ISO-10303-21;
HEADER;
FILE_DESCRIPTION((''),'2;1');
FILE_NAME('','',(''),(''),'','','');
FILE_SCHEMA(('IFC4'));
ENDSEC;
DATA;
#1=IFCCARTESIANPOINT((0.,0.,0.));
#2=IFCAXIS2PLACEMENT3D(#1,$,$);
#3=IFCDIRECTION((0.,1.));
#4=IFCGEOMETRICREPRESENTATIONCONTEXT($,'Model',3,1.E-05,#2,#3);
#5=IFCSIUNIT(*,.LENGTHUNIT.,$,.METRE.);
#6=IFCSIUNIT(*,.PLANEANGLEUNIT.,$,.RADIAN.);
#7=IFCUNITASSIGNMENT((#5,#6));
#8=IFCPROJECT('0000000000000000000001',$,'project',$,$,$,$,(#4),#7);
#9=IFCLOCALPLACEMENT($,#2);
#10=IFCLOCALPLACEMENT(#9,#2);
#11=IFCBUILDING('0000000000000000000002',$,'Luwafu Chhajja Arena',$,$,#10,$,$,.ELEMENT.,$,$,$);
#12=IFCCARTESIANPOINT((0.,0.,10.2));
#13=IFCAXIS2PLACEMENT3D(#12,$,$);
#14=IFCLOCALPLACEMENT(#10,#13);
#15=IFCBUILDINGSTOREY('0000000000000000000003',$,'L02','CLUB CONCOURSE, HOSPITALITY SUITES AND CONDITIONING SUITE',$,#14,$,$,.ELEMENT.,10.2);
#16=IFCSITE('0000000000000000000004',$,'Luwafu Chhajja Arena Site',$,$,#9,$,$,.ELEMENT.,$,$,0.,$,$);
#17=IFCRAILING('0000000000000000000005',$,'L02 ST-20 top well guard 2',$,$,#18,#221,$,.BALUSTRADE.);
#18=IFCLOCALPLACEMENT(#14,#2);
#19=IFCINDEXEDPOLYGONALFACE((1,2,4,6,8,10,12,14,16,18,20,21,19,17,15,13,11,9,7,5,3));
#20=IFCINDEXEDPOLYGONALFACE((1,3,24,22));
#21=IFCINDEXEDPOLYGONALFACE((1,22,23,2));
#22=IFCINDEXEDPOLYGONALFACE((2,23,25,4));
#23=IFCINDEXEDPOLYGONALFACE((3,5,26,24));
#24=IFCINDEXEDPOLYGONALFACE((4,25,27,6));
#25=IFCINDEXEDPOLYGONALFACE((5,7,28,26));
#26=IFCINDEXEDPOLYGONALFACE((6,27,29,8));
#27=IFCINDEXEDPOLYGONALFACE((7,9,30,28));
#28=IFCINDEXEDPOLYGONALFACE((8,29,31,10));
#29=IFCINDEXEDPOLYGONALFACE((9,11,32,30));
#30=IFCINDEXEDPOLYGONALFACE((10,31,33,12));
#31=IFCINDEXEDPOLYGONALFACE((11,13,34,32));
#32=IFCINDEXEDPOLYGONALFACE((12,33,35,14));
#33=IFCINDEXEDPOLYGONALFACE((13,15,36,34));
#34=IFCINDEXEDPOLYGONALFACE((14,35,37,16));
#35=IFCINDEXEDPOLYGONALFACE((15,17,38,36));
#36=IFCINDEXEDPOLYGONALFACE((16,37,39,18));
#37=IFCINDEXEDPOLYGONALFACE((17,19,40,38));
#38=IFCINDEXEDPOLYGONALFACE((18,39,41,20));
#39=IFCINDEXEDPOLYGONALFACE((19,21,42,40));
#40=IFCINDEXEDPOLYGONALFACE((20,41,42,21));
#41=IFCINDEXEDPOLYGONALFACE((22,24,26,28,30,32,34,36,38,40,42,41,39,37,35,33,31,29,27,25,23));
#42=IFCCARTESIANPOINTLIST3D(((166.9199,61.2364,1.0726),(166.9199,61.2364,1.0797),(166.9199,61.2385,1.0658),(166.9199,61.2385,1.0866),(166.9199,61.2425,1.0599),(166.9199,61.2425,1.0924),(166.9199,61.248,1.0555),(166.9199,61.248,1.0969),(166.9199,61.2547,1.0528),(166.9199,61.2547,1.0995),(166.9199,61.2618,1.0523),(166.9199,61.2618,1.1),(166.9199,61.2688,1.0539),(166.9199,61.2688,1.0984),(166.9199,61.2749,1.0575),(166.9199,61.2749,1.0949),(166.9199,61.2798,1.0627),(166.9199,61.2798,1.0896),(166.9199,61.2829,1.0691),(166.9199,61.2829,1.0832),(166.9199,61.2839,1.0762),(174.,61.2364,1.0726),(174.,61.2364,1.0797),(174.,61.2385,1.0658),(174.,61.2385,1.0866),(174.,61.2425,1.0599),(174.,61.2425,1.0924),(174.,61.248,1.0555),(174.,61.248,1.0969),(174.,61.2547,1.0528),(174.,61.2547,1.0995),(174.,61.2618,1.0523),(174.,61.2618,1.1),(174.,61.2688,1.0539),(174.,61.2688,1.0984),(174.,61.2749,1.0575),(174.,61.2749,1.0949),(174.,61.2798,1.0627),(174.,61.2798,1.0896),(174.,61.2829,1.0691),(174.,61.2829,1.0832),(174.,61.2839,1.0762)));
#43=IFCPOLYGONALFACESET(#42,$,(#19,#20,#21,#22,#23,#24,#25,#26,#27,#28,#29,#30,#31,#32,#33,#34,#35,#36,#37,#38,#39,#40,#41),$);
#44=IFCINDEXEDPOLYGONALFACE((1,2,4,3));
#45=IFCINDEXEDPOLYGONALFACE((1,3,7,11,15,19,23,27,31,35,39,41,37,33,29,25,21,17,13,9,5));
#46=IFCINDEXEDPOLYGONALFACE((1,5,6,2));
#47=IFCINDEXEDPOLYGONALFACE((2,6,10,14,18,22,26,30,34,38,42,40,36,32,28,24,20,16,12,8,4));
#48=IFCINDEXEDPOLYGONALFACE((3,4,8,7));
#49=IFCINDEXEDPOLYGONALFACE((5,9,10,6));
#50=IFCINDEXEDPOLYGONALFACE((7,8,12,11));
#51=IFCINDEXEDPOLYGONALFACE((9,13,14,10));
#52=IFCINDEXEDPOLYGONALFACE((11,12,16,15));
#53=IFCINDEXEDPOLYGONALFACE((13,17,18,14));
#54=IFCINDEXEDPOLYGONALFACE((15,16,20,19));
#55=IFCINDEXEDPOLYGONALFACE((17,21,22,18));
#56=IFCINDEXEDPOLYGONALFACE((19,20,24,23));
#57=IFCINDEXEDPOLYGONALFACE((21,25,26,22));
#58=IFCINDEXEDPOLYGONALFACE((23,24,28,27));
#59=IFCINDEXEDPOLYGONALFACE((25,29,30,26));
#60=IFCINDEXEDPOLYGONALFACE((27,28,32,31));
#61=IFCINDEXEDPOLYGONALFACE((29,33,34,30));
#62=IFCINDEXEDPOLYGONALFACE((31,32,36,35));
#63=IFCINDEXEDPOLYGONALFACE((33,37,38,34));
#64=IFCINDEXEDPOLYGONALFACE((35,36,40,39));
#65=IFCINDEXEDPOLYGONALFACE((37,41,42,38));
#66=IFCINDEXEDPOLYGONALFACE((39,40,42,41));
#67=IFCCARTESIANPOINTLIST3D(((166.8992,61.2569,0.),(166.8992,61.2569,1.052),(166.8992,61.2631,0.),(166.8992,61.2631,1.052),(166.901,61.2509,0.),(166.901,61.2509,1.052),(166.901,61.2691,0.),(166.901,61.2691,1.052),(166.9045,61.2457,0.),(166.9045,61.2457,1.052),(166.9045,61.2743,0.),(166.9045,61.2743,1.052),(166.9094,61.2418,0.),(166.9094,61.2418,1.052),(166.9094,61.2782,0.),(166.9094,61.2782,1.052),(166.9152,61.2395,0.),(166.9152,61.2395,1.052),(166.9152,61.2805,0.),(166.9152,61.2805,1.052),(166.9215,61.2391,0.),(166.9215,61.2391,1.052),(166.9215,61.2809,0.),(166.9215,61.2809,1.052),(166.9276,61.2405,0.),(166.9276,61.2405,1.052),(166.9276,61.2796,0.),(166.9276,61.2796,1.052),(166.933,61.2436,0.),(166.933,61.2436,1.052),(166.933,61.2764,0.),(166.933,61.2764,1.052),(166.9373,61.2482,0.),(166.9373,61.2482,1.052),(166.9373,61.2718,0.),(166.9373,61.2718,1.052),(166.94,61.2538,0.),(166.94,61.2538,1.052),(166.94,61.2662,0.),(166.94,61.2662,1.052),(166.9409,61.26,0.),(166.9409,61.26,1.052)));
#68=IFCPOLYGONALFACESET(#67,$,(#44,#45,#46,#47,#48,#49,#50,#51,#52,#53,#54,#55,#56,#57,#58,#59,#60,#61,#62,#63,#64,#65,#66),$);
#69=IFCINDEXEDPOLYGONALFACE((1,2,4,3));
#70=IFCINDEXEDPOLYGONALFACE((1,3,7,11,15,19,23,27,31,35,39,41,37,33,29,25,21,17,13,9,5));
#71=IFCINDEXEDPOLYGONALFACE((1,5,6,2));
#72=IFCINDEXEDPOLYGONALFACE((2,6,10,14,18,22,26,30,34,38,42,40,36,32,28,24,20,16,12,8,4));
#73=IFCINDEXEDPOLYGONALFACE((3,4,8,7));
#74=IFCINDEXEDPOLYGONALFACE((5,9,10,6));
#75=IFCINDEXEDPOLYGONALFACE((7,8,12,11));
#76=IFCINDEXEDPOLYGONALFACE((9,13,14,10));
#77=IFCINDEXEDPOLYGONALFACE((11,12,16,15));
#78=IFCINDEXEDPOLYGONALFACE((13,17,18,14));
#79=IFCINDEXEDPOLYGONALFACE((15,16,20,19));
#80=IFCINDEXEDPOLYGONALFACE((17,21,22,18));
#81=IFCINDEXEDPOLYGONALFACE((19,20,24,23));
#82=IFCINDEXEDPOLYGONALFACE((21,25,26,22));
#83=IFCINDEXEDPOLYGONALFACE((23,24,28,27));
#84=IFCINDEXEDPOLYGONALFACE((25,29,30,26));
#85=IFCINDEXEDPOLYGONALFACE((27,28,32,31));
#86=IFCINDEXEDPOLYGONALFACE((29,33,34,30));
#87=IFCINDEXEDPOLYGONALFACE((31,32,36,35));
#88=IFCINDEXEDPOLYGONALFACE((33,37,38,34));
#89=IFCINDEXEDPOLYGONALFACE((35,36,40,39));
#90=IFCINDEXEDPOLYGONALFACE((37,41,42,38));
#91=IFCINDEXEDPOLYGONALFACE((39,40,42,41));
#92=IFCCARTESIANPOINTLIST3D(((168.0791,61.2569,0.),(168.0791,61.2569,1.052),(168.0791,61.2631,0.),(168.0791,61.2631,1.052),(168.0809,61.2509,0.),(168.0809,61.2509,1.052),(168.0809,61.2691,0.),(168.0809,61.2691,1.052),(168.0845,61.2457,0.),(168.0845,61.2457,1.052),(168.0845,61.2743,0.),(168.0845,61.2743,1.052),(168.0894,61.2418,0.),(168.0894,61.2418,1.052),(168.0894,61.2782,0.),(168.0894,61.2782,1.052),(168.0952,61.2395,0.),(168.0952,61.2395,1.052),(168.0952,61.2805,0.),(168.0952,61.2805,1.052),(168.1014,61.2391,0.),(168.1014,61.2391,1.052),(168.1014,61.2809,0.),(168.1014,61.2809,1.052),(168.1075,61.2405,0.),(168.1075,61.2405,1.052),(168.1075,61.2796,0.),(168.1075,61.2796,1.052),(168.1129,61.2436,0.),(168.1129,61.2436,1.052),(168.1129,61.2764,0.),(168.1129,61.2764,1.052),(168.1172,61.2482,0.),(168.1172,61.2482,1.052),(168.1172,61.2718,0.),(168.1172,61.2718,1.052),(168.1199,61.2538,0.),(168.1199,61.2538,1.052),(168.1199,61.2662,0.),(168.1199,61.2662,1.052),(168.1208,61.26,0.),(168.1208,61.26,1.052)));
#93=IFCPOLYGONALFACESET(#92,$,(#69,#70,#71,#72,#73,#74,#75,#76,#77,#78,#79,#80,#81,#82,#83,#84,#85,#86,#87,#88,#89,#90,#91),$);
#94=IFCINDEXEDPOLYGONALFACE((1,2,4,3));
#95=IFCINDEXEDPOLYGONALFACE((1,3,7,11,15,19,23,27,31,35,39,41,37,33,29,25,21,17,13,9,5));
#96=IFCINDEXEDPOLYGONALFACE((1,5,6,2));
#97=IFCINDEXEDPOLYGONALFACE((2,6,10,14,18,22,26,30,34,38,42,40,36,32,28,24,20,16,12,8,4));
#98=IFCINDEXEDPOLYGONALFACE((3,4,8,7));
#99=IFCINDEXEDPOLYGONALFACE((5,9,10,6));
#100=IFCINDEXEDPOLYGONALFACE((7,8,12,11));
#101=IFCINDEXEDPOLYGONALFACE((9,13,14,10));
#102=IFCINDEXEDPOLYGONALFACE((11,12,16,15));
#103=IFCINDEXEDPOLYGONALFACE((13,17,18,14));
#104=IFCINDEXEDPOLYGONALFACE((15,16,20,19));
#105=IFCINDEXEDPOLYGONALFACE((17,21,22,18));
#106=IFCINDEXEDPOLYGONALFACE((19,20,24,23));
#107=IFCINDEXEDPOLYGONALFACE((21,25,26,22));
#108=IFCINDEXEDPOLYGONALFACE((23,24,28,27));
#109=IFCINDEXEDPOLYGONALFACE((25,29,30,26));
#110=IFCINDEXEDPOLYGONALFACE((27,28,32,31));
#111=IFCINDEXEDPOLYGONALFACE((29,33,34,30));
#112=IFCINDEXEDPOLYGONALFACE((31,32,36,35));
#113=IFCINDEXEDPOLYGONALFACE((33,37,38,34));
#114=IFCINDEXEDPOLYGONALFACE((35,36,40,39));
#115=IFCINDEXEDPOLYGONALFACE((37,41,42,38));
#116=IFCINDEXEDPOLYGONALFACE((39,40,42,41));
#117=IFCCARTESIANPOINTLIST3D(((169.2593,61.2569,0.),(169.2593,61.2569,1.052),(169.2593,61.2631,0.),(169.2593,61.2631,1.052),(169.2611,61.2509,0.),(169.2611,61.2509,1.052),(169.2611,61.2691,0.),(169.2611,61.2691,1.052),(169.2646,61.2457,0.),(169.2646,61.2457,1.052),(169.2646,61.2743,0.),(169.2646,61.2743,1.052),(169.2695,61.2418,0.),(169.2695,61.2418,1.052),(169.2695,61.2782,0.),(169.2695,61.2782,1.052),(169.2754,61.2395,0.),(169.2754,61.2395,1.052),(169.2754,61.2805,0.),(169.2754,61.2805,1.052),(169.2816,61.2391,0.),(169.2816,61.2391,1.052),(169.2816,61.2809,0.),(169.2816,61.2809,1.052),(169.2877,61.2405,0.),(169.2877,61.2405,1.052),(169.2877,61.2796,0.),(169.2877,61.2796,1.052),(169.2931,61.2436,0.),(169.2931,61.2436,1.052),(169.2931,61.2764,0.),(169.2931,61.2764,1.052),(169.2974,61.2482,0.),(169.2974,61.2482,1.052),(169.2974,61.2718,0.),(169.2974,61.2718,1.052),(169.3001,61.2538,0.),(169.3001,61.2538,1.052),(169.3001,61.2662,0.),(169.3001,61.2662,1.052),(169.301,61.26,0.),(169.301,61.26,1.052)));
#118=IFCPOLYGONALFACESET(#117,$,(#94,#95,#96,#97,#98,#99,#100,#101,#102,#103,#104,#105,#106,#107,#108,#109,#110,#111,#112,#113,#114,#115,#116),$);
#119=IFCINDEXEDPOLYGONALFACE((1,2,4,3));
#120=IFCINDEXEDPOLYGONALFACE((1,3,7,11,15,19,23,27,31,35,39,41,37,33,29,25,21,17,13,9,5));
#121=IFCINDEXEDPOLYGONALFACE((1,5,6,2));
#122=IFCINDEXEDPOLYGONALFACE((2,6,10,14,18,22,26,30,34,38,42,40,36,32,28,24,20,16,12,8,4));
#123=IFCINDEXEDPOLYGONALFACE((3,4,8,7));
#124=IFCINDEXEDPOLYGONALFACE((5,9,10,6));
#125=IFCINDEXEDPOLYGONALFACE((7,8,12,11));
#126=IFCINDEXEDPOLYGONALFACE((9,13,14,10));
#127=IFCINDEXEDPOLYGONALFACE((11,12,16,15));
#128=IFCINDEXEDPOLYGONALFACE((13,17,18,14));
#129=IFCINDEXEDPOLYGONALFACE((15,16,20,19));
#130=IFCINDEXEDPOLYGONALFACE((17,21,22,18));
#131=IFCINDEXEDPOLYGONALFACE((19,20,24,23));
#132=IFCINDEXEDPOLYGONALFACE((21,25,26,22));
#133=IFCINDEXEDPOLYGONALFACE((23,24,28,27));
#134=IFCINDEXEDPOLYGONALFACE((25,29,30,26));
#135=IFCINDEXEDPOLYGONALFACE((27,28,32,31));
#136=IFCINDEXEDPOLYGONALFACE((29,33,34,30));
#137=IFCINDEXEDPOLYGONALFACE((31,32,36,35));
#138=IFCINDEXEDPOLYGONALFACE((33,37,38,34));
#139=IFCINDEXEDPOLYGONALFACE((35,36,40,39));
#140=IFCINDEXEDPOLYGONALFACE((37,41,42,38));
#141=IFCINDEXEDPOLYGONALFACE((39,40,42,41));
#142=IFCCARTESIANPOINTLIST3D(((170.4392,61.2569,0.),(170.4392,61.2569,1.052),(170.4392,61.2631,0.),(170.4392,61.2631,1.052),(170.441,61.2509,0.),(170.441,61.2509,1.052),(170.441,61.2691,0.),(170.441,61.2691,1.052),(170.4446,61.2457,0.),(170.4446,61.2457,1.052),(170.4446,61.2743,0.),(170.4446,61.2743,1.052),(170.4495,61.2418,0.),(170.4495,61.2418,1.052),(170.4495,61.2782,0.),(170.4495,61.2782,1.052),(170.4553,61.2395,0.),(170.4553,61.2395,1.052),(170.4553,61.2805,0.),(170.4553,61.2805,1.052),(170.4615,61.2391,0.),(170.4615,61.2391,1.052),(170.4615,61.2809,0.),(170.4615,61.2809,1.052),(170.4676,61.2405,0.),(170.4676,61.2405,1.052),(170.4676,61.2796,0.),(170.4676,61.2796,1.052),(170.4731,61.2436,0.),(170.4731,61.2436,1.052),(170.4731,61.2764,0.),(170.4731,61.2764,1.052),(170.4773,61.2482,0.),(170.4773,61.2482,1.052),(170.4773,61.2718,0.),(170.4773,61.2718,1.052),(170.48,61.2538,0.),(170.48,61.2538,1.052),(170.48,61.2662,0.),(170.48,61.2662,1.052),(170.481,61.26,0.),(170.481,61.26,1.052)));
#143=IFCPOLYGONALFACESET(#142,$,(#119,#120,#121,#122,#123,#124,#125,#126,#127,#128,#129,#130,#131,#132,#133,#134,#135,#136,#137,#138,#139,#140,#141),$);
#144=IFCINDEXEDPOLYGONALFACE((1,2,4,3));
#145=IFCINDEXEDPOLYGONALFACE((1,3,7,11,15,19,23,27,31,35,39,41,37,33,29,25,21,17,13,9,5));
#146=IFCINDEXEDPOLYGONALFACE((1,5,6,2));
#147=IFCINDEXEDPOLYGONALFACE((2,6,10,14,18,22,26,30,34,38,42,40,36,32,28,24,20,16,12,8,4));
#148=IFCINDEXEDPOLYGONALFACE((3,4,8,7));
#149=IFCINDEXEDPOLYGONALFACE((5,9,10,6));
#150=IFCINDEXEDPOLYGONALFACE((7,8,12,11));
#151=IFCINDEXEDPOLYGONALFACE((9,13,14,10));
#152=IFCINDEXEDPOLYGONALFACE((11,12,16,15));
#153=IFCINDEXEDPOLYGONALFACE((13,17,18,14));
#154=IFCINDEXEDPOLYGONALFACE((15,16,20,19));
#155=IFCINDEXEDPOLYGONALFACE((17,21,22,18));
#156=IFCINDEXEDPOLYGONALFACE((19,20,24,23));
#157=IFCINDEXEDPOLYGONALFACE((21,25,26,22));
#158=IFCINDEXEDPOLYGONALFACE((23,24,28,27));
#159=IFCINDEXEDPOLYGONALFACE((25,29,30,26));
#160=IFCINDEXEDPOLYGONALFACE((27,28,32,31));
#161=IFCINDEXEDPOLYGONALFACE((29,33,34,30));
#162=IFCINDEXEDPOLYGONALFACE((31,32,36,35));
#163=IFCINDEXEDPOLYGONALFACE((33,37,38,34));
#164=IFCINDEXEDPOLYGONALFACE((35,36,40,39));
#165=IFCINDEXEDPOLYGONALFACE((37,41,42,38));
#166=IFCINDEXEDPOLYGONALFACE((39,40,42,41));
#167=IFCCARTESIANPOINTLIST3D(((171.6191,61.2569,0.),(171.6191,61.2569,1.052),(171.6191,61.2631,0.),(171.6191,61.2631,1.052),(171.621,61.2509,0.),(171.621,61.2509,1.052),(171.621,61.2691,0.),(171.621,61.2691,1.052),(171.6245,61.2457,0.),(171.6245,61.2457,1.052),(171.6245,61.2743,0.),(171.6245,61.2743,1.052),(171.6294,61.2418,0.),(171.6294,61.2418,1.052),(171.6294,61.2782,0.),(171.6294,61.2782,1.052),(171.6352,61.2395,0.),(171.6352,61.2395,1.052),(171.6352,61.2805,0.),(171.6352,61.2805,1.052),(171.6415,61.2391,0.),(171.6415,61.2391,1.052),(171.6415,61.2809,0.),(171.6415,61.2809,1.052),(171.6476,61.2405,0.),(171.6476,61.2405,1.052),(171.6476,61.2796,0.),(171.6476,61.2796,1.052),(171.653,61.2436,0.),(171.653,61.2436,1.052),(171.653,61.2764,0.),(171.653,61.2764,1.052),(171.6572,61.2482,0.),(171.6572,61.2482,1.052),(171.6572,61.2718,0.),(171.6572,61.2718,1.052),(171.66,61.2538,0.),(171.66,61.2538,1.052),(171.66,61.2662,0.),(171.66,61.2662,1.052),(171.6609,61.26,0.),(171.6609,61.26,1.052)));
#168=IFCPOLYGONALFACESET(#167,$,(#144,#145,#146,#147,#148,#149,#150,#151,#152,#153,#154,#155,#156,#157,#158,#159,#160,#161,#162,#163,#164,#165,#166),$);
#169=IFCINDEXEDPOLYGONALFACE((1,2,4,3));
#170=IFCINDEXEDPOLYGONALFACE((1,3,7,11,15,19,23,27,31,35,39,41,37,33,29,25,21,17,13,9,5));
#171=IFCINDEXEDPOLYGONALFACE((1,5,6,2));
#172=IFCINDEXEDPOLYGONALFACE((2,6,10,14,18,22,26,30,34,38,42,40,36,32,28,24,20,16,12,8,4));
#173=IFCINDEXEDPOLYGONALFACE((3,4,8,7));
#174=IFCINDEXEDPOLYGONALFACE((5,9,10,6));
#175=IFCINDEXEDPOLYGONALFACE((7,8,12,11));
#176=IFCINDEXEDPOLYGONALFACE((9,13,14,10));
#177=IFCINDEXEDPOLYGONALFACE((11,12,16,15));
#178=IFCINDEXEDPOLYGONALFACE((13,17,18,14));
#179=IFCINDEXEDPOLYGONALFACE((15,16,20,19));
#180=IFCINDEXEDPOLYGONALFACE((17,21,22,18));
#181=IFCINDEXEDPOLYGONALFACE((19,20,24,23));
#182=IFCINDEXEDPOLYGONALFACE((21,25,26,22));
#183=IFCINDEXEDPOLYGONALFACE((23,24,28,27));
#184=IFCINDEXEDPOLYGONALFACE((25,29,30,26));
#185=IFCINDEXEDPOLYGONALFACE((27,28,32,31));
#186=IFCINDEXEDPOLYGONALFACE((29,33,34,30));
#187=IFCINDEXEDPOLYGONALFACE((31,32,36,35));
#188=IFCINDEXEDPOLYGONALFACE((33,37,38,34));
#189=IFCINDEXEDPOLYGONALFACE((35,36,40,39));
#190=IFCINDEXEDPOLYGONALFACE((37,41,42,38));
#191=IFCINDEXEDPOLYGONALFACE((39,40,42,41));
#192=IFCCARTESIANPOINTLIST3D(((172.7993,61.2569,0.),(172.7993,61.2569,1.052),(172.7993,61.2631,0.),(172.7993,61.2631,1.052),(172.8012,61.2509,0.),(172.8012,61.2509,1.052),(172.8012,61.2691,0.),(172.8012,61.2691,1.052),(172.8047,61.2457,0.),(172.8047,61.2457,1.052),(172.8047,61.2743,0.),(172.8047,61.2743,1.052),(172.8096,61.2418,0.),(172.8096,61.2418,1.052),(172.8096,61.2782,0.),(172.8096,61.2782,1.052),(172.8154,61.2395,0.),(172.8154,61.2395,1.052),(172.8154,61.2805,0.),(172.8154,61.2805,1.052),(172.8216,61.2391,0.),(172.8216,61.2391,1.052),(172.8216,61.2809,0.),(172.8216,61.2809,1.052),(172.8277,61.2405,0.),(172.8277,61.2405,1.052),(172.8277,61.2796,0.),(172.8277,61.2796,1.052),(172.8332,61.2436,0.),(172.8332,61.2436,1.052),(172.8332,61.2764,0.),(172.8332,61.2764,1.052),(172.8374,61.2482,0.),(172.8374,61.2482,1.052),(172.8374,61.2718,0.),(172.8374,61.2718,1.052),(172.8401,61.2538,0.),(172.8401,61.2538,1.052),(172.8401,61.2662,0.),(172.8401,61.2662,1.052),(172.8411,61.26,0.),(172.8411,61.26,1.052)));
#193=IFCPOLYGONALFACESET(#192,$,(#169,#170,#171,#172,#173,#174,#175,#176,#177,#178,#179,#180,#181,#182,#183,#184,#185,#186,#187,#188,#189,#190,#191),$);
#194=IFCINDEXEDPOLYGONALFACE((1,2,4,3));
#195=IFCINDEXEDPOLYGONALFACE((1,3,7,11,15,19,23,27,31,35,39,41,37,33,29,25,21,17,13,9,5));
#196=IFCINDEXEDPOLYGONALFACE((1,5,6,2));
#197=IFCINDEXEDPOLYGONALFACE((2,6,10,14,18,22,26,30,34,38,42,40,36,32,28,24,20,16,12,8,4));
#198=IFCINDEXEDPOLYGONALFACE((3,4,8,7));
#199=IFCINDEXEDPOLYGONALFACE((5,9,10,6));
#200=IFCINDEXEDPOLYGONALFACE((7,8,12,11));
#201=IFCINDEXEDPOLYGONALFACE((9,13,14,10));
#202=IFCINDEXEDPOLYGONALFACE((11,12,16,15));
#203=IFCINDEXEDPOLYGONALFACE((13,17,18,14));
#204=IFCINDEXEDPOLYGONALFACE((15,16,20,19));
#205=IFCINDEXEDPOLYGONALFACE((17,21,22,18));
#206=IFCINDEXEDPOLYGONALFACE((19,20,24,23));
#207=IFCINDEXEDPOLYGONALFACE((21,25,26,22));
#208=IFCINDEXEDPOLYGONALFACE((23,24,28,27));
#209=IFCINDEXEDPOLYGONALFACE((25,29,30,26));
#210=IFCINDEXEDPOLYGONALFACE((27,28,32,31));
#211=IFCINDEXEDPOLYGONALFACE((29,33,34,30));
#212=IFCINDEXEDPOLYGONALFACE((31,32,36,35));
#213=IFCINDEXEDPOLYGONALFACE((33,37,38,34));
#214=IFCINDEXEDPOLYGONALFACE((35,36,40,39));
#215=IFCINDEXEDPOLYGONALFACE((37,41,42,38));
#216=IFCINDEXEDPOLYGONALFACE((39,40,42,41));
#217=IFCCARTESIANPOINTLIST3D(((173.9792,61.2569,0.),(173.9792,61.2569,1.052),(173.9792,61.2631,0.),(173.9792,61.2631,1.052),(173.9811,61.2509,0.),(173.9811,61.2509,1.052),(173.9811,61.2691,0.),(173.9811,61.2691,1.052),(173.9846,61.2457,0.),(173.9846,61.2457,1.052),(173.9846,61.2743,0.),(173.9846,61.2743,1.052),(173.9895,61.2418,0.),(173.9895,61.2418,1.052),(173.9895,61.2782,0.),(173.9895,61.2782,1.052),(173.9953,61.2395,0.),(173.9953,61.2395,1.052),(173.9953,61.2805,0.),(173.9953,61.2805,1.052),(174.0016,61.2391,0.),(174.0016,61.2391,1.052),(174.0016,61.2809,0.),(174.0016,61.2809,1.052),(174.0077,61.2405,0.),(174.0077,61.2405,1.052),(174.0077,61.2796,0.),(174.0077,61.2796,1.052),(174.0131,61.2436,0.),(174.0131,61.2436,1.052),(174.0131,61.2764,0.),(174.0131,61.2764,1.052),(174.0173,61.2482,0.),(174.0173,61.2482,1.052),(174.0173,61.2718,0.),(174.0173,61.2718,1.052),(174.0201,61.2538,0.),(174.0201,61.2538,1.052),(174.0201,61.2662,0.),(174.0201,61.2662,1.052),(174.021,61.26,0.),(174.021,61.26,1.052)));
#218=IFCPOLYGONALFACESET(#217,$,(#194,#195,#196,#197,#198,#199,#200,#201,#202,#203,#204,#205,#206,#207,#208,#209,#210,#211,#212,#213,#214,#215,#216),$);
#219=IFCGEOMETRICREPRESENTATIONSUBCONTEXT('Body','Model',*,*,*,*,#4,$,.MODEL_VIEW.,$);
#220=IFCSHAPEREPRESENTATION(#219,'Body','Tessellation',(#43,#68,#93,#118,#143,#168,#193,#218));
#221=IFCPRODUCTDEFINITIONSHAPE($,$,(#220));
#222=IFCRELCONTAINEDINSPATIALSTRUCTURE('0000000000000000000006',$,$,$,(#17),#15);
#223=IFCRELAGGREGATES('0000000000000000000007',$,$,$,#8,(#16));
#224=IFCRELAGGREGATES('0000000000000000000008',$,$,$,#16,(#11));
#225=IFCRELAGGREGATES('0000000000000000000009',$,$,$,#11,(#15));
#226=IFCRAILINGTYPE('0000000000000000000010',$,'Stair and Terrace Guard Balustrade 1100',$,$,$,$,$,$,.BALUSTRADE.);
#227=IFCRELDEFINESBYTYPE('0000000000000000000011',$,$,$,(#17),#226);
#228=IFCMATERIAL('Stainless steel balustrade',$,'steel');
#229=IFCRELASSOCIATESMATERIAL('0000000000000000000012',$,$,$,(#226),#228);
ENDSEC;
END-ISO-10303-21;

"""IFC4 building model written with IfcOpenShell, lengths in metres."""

from ifc_helpers import new_model, si_unit, direction, frame, origin, origin_2d, place, context, subcontext, project, spatial, circle, extrude, material, type_object, element, save


model = new_model("IFC4")

# Units and contexts
model_context = context("Model", 3, precision=1e-05, world=origin(), true_north=direction((0.0, 1.0)))
body_context = subcontext(model_context, "Body", "Model", "MODEL_VIEW")
ifc_project = project(units=[si_unit("LENGTHUNIT", "METRE"), si_unit("PLANEANGLEUNIT", "RADIAN")], contexts=[model_context])

# Site, building, storey
site_placement = place(None, origin())
site = spatial("IfcSite", under=ifc_project, at=site_placement, Name="Luwafu Chhajja Arena Site", CompositionType="ELEMENT", RefElevation=0.0)
building_placement = place(site_placement, origin())
building = spatial("IfcBuilding", under=site, at=building_placement, Name="Luwafu Chhajja Arena", CompositionType="ELEMENT")
storey_placement = place(building_placement, frame((0.0, 0.0, 10.2)))
storey = spatial("IfcBuildingStorey", under=building, at=storey_placement, Name="L02", Description="CLUB CONCOURSE, HOSPITALITY SUITES AND CONDITIONING SUITE", CompositionType="ELEMENT", Elevation=10.2)

# Railing
ifc_material_1 = material(Name="Stainless steel balustrade", Category="steel")
railing_type = type_object("IfcRailingType", Name="Stair and Terrace Guard Balustrade 1100", PredefinedType="BALUSTRADE", material=ifc_material_1)
for number, where, name in (
    (1, (166.9199, 61.26, 0.0), "L02 ST-20 top well guard 2"),
):
    element("IfcRailing", number, at=place(storey_placement, frame(where)), inside=storey, type_object=railing_type, Name=name, PredefinedType="BALUSTRADE", context=body_context, shape_type="SweptSolid", body=[
        extrude(circle(Radius=0.0239, at=origin_2d()), frame((0.0, 0.0, 1.0762), z_axis=(1.0, 0.0, 0.0), x_axis=(0.0, 1.0, 0.0)), (0.0, 0.0, 1.0), 7.0801),
        extrude(circle(Radius=0.021, at=origin_2d()), origin(), (0.0, 0.0, 1.0), 1.052),
        extrude(circle(Radius=0.021, at=origin_2d()), frame((1.1799, 0.0, 0.0)), (0.0, 0.0, 1.0), 1.052),
        extrude(circle(Radius=0.021, at=origin_2d()), frame((2.3601, 0.0, 0.0)), (0.0, 0.0, 1.0), 1.052),
        extrude(circle(Radius=0.021, at=origin_2d()), frame((3.54, 0.0, 0.0)), (0.0, 0.0, 1.0), 1.052),
        extrude(circle(Radius=0.021, at=origin_2d()), frame((4.72, 0.0, 0.0)), (0.0, 0.0, 1.0), 1.052),
        extrude(circle(Radius=0.021, at=origin_2d()), frame((5.9001, 0.0, 0.0)), (0.0, 0.0, 1.0), 1.052),
        extrude(circle(Radius=0.021, at=origin_2d()), frame((7.0801, 0.0, 0.0)), (0.0, 0.0, 1.0), 1.052),
    ])

save(model, "model.ifc")
